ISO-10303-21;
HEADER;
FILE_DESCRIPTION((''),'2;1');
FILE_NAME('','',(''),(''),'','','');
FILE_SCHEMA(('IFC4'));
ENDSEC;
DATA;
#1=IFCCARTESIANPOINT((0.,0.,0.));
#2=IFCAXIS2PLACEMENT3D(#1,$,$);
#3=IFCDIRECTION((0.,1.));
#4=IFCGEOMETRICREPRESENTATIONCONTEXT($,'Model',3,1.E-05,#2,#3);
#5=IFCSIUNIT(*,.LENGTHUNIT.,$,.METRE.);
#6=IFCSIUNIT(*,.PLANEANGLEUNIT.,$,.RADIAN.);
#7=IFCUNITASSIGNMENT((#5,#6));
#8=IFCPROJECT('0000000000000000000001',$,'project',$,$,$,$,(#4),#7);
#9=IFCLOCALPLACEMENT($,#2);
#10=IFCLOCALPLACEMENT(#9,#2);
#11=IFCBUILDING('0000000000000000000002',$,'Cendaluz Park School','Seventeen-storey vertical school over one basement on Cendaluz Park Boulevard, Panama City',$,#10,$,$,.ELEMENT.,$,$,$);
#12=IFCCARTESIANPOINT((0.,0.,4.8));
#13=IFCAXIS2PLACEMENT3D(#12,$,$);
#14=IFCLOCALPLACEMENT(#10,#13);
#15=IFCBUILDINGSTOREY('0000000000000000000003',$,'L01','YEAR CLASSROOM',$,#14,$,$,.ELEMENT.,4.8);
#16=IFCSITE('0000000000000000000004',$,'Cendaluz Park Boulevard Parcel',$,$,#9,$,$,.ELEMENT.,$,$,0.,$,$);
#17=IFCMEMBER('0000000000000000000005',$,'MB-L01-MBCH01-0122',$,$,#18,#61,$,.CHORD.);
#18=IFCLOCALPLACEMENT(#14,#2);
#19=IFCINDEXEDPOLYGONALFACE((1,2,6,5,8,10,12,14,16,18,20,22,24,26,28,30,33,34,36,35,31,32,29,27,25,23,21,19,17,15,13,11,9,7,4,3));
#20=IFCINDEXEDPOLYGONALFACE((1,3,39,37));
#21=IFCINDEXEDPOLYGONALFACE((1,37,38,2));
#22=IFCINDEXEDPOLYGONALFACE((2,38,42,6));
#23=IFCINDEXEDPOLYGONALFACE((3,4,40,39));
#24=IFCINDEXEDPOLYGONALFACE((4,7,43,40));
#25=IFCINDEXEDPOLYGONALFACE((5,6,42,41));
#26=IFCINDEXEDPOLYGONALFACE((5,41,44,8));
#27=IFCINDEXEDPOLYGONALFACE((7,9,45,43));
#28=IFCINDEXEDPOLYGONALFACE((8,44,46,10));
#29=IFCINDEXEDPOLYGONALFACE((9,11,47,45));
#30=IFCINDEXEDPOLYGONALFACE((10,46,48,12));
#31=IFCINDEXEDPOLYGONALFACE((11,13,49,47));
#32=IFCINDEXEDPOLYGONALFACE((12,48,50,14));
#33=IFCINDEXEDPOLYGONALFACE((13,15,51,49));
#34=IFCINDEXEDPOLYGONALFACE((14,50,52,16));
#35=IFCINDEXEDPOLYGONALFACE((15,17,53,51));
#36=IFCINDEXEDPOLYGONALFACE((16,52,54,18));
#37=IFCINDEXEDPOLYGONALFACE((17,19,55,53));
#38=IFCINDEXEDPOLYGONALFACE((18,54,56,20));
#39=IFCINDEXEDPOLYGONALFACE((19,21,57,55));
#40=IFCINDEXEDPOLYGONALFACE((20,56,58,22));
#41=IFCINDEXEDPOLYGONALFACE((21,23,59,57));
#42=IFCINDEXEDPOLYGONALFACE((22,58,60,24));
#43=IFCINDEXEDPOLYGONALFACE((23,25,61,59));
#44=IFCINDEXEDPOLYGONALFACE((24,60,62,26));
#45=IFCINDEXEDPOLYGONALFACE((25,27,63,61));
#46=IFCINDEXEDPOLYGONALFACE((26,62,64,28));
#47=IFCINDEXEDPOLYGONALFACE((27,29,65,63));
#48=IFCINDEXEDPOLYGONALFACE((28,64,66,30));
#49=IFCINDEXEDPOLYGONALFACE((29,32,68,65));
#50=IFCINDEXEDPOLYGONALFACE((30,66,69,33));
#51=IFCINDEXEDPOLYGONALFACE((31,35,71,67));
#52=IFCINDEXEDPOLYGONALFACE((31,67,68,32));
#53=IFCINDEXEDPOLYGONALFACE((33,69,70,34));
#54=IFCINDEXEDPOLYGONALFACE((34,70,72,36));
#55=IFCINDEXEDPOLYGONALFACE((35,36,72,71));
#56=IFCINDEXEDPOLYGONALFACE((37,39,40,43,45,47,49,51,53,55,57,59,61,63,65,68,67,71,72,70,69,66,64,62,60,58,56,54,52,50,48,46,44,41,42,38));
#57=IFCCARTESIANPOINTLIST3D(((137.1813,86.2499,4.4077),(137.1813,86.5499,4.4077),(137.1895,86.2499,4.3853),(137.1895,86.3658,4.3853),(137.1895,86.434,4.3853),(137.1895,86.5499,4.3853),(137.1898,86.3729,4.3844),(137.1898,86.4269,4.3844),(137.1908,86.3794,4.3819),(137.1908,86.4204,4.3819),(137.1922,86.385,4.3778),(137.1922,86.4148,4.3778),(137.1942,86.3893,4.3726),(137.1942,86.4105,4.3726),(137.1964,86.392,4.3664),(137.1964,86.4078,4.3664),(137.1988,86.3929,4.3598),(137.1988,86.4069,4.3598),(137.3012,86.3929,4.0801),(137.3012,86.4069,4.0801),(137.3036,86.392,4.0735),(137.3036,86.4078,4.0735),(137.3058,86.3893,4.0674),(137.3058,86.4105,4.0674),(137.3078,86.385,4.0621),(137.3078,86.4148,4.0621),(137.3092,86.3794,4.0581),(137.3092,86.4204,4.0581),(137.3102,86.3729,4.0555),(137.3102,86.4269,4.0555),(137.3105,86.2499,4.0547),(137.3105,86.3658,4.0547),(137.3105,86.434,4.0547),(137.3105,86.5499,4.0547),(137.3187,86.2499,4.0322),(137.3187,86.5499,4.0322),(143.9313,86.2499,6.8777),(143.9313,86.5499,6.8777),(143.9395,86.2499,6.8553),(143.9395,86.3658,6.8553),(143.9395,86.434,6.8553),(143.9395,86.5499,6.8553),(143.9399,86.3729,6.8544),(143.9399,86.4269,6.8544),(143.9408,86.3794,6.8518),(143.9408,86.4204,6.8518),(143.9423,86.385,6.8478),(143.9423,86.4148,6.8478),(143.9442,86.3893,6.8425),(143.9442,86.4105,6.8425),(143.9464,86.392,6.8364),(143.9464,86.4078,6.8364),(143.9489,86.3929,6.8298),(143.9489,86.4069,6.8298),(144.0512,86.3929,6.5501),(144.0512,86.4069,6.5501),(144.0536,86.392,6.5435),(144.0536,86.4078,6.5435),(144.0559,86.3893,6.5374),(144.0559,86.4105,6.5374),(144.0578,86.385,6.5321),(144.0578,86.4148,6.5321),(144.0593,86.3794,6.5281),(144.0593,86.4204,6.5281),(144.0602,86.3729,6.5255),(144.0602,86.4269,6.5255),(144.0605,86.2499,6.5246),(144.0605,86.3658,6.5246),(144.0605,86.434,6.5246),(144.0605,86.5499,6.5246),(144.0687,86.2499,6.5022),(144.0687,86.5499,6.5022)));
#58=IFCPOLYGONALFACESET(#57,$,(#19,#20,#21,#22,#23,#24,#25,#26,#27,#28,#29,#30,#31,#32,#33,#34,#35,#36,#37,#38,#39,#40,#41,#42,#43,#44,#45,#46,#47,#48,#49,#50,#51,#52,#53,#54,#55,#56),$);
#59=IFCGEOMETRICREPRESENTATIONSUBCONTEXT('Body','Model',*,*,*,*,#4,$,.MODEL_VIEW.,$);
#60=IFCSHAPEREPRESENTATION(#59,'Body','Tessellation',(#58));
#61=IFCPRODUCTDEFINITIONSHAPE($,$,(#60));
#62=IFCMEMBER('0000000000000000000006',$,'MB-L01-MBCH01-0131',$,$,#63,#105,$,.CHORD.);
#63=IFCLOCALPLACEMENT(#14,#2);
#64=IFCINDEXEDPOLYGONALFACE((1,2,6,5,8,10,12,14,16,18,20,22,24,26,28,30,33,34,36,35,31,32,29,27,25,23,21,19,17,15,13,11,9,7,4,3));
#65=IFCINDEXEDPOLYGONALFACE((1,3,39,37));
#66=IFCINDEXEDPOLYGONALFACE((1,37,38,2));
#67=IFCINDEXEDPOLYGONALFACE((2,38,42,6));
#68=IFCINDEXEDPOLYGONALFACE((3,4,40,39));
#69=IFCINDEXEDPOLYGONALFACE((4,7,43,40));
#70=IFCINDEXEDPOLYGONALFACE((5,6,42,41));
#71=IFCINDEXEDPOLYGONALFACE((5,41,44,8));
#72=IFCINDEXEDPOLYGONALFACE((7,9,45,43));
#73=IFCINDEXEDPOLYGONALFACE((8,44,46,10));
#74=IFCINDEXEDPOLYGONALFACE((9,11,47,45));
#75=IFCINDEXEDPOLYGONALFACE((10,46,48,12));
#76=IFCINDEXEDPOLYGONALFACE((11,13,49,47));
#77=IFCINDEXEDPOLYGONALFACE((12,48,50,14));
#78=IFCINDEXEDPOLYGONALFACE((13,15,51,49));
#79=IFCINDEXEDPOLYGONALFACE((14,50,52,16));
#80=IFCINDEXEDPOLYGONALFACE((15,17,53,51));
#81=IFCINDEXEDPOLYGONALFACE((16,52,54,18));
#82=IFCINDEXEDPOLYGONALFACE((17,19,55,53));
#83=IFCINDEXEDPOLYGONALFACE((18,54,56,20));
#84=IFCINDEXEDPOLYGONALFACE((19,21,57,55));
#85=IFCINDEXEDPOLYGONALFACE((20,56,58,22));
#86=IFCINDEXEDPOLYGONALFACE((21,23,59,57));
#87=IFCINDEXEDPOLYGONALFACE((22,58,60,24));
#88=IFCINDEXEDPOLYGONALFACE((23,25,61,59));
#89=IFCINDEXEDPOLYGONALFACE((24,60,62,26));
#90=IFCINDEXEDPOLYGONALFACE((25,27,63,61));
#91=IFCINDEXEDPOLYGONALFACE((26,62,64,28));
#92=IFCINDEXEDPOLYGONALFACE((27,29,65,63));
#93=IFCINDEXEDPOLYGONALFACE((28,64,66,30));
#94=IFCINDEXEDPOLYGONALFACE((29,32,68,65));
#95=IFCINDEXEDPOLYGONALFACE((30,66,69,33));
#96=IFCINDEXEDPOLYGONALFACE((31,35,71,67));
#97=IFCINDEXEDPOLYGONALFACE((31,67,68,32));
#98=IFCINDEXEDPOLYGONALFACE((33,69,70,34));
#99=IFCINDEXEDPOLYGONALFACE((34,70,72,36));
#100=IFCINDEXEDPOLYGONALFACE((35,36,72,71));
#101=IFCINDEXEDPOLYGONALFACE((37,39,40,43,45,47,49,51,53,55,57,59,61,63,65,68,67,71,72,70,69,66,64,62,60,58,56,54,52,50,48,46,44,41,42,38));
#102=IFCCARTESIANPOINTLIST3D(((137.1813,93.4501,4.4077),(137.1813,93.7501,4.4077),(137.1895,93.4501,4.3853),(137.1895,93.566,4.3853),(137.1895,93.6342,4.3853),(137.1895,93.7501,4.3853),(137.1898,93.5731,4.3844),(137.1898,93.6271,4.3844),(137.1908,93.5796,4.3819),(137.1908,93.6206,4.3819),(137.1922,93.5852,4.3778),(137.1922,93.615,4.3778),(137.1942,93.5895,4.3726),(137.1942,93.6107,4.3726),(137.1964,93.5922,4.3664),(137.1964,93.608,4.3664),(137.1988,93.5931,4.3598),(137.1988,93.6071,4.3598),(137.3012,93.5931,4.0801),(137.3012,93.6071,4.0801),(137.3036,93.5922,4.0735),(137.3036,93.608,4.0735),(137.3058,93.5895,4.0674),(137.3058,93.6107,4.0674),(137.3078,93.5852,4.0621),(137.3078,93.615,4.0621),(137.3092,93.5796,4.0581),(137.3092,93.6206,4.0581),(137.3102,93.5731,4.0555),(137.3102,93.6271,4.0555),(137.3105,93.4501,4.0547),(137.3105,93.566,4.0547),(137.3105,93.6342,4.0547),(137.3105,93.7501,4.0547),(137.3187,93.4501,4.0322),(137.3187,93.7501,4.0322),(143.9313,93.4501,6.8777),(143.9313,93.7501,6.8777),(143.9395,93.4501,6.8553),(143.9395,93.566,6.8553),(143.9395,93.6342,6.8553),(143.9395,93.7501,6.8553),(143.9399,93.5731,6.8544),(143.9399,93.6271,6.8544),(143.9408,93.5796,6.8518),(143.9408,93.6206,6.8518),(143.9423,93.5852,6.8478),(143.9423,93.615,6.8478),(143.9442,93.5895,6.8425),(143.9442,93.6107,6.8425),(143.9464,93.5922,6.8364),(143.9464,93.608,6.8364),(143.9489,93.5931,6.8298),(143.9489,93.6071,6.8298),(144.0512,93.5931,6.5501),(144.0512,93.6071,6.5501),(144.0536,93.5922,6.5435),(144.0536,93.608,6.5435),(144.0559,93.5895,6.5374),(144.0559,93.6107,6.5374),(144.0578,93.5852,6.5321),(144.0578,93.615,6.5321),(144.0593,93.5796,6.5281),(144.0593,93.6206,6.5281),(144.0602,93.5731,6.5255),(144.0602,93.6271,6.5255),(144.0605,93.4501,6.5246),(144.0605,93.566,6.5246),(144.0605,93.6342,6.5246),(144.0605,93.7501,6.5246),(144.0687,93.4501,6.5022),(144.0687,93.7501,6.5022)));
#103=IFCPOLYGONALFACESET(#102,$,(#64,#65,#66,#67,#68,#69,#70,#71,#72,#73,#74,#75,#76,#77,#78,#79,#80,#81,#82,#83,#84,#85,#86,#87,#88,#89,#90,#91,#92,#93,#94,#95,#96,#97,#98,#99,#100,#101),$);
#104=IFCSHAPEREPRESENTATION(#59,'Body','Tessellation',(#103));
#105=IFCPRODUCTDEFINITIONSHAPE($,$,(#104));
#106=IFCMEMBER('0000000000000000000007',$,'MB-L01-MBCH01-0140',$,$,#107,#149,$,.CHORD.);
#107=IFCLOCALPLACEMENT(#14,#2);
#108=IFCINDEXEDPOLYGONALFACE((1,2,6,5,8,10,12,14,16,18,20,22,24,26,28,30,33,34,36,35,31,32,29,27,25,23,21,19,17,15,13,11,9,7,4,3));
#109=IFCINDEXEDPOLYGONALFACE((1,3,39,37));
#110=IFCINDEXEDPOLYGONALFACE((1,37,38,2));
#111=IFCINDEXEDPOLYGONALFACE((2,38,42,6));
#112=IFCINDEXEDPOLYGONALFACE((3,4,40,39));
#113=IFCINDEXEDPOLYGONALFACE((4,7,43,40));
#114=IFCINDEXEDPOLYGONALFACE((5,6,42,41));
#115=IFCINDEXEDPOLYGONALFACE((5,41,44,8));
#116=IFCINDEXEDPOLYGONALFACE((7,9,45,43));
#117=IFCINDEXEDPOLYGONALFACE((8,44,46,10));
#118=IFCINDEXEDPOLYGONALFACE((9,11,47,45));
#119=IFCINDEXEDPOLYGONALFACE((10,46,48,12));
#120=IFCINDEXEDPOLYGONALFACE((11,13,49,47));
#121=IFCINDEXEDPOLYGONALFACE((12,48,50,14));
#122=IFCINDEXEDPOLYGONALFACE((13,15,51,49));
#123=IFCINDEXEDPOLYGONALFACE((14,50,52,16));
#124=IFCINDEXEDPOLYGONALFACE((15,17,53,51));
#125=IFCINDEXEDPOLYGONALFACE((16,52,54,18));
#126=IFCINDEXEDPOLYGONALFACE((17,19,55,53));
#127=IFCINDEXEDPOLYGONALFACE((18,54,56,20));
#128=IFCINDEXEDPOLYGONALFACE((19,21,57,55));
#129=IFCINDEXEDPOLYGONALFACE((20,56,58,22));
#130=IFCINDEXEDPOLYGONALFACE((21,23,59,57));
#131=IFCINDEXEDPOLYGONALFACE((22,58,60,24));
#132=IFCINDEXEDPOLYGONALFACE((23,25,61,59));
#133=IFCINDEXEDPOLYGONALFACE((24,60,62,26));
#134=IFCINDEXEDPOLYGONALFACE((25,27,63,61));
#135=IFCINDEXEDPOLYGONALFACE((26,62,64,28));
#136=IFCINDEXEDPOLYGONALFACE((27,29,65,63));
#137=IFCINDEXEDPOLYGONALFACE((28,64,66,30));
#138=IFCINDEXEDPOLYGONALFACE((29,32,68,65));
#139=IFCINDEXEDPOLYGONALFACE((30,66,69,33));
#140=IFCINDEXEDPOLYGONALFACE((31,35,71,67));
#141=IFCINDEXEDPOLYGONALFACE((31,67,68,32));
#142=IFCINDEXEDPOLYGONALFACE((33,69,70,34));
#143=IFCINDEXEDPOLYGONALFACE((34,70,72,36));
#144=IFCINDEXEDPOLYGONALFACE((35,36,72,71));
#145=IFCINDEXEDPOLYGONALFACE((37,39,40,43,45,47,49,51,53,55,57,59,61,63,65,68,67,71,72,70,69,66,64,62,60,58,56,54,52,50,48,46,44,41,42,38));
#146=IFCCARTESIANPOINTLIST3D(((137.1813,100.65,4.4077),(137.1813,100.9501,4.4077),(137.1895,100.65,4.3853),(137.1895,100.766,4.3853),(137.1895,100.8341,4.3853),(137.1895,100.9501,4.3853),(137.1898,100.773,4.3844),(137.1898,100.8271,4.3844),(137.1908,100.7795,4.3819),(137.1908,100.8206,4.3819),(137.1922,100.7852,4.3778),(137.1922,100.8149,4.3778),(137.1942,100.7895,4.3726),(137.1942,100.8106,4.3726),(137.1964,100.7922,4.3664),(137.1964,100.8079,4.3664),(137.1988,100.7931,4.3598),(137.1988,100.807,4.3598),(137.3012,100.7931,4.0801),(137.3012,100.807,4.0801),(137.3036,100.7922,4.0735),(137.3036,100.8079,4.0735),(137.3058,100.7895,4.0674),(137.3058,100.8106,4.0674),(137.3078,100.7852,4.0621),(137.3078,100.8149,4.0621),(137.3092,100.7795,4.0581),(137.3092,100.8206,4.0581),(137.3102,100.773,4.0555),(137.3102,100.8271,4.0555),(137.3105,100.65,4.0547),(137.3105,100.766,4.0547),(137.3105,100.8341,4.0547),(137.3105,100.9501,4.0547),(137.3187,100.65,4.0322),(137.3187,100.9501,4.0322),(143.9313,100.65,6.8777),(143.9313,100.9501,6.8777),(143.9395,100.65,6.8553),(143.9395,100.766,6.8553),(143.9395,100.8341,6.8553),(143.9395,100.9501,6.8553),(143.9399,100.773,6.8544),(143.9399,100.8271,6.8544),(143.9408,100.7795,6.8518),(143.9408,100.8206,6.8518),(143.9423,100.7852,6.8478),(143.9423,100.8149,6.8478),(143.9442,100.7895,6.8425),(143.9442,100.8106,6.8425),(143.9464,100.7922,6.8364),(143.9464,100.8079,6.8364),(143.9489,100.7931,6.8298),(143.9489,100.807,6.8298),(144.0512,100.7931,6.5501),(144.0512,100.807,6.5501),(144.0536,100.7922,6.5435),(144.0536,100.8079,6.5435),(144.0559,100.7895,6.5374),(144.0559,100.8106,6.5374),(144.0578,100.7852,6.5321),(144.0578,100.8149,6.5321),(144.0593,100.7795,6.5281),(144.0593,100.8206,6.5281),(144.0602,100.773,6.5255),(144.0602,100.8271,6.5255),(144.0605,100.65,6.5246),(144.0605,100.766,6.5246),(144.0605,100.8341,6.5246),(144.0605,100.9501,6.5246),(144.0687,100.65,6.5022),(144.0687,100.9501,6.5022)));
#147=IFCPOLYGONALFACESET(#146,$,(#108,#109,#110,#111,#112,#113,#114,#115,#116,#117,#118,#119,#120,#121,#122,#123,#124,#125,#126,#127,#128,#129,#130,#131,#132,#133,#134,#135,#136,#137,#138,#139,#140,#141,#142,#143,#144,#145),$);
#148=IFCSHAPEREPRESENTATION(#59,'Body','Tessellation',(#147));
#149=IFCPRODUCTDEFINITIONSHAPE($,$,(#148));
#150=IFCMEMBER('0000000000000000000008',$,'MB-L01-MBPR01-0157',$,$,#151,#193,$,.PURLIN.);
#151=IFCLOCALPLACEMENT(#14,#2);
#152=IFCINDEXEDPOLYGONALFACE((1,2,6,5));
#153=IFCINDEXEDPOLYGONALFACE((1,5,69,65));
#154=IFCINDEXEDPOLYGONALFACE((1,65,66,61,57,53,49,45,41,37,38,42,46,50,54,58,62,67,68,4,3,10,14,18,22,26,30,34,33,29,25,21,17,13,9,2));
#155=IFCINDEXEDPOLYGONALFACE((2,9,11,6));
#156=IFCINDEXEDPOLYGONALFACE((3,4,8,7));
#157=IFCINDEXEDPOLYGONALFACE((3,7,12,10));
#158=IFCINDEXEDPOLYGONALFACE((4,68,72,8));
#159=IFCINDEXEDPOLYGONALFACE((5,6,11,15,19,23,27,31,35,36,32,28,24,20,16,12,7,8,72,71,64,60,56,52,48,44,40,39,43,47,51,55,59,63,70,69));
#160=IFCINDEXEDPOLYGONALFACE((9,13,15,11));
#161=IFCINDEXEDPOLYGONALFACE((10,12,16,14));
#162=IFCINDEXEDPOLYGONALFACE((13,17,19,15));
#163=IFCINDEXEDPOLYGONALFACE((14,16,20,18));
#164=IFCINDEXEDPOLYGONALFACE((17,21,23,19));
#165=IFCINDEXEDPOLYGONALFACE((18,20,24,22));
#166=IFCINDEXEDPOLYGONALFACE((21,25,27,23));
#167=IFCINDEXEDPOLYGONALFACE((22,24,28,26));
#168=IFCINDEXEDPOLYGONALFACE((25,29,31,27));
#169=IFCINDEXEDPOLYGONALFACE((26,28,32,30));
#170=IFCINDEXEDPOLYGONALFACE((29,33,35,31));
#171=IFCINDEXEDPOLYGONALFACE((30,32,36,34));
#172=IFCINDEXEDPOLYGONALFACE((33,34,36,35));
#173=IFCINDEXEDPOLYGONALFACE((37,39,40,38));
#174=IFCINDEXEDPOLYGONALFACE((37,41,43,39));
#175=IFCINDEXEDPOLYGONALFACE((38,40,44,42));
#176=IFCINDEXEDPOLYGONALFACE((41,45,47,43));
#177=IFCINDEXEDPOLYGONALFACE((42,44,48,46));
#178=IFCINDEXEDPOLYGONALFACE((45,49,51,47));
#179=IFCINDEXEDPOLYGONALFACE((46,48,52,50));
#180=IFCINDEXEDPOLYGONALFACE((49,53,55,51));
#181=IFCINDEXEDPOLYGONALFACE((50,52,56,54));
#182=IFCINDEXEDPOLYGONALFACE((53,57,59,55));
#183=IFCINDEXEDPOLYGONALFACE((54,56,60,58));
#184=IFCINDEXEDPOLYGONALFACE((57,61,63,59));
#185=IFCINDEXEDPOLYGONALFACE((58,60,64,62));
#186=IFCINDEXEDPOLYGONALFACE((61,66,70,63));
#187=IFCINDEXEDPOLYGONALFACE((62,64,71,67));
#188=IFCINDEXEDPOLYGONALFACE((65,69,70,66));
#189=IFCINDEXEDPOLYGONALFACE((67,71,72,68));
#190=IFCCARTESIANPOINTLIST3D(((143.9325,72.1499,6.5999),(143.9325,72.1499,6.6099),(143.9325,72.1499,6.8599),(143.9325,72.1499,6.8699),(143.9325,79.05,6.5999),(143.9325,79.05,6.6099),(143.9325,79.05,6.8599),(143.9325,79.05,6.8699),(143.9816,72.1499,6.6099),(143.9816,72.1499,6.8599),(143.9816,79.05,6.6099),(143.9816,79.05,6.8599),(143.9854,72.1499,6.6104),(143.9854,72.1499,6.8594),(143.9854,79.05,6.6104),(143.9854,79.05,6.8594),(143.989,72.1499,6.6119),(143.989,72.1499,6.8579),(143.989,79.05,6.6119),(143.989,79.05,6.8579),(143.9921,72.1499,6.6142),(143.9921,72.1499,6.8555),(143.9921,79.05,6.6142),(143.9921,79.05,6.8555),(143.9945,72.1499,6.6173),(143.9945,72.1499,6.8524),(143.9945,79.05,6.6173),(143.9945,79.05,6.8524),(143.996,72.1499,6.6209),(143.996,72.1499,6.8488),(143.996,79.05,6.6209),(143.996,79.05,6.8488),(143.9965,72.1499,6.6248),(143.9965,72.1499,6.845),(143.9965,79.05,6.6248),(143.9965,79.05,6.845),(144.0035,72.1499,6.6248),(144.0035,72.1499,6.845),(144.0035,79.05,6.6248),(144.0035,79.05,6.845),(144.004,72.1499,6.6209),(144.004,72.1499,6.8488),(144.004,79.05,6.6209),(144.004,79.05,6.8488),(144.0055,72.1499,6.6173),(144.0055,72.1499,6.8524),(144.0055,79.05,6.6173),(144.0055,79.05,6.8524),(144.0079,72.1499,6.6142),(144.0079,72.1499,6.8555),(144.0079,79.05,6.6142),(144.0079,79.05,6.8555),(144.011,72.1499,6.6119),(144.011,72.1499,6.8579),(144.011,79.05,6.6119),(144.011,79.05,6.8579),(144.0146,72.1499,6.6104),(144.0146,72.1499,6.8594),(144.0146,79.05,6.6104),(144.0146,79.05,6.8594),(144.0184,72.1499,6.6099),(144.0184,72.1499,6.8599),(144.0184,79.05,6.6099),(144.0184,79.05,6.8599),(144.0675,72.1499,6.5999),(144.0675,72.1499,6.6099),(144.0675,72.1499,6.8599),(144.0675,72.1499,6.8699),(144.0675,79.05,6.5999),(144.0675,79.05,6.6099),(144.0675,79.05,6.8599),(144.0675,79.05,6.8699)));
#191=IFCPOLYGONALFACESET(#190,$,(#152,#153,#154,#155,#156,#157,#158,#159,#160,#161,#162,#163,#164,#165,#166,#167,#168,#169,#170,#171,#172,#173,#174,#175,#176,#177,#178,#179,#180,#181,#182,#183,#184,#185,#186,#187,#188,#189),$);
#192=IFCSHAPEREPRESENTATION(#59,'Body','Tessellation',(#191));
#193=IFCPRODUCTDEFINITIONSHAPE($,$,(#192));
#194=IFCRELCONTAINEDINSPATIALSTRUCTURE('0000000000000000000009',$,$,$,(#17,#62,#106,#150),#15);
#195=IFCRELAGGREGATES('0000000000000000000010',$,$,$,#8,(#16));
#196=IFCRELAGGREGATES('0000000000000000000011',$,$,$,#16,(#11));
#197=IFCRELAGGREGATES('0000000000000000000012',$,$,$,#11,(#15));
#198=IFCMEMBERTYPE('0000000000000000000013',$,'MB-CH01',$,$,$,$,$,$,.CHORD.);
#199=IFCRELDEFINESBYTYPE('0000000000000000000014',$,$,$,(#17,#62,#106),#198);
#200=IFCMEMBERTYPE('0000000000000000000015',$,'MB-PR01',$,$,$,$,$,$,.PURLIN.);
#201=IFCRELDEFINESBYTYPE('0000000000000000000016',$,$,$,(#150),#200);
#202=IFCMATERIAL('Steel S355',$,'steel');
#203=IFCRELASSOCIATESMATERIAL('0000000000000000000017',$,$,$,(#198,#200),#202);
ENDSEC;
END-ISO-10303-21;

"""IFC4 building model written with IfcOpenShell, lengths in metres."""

from ifc_helpers import new_model, si_unit, direction, frame, origin, origin_2d, place, context, subcontext, project, spatial, i_section, extrude, material, material_profile, profile_set, type_object, element, save


model = new_model("IFC4")

# Units and contexts
model_context = context("Model", 3, precision=1e-05, world=origin(), true_north=direction((0.0, 1.0)))
body_context = subcontext(model_context, "Body", "Model", "MODEL_VIEW")
ifc_project = project(units=[si_unit("LENGTHUNIT", "METRE"), si_unit("PLANEANGLEUNIT", "RADIAN")], contexts=[model_context])

# Site, building, storey
site_placement = place(None, origin())
site = spatial("IfcSite", under=ifc_project, at=site_placement, Name="Cendaluz Park Boulevard Parcel", CompositionType="ELEMENT", RefElevation=0.0)
building_placement = place(site_placement, origin())
building = spatial("IfcBuilding", under=site, at=building_placement, Name="Cendaluz Park School", Description="Seventeen-storey vertical school over one basement on Cendaluz Park Boulevard, Panama City", CompositionType="ELEMENT")
storey_placement = place(building_placement, frame((0.0, 0.0, 4.8)))
storey = spatial("IfcBuildingStorey", under=building, at=storey_placement, Name="L01", Description="YEAR CLASSROOM", CompositionType="ELEMENT", Elevation=4.8)

# Shared definitions
ifc_material_1 = material(Name="Steel S355", Category="steel")

# Members
ifc_material_profile_1 = material_profile(ifc_material_1, i_section(OverallWidth=0.3, OverallDepth=0.3999, WebThickness=0.0139, FlangeThickness=0.0239, FilletRadius=0.0271, at=origin_2d()), Name="HEB 400", Category="steel")
ifc_profile_set_1 = profile_set([ifc_material_profile_1], Name="Steel S355")
member_type_1 = type_object("IfcMemberType", Name="MB-CH01", PredefinedType="CHORD", material=ifc_profile_set_1)
for number, where, z_axis, x_axis, name in (
    (1, (137.25, 86.3999, 4.22), (0.939102, 0.0, 0.343638), (0.0, 1.0, 0.0), "MB-L01-MBCH01-0122"),
    (2, (137.25, 93.6001, 4.22), (0.939102, 0.0, 0.343638), (0.0, 1.0, 0.0), "MB-L01-MBCH01-0131"),
    (3, (137.25, 100.8, 4.22), (0.939102, 0.0, 0.343638), (0.0, 1.0, 0.0), "MB-L01-MBCH01-0140"),
):
    element("IfcMember", number, at=place(storey_placement, frame(where, z_axis=z_axis, x_axis=x_axis)), inside=storey, type_object=member_type_1, Name=name, PredefinedType="CHORD", context=body_context, shape_type="SweptSolid", body=[
        extrude(i_section(OverallWidth=0.3, OverallDepth=0.3999, WebThickness=0.0139, FlangeThickness=0.0239, FilletRadius=0.0271, at=origin_2d()), origin(), (0.0, 0.0, 1.0), 7.1877),
    ])
ifc_material_profile_2 = material_profile(ifc_material_1, i_section(OverallWidth=0.135, OverallDepth=0.27, WebThickness=0.0071, FlangeThickness=0.01, FilletRadius=0.0149, at=origin_2d()), Name="IPE 270", Category="steel")
ifc_profile_set_2 = profile_set([ifc_material_profile_2], Name="Steel S355")
member_type_2 = type_object("IfcMemberType", Name="MB-PR01", PredefinedType="PURLIN", material=ifc_profile_set_2)
member_1_placement = place(storey_placement, frame((144.0, 72.1499, 6.7349), z_axis=(0.0, 1.0, 0.0), x_axis=(-1.0, 0.0, 0.0)))
element("IfcMember", 4, at=member_1_placement, inside=storey, type_object=member_type_2, Name="MB-L01-MBPR01-0157", PredefinedType="PURLIN", context=body_context, shape_type="SweptSolid", body=[
    extrude(i_section(OverallWidth=0.135, OverallDepth=0.27, WebThickness=0.0071, FlangeThickness=0.01, FilletRadius=0.0149, at=origin_2d()), origin(), (0.0, 0.0, 1.0), 6.9001),
])

save(model, "model.ifc")
